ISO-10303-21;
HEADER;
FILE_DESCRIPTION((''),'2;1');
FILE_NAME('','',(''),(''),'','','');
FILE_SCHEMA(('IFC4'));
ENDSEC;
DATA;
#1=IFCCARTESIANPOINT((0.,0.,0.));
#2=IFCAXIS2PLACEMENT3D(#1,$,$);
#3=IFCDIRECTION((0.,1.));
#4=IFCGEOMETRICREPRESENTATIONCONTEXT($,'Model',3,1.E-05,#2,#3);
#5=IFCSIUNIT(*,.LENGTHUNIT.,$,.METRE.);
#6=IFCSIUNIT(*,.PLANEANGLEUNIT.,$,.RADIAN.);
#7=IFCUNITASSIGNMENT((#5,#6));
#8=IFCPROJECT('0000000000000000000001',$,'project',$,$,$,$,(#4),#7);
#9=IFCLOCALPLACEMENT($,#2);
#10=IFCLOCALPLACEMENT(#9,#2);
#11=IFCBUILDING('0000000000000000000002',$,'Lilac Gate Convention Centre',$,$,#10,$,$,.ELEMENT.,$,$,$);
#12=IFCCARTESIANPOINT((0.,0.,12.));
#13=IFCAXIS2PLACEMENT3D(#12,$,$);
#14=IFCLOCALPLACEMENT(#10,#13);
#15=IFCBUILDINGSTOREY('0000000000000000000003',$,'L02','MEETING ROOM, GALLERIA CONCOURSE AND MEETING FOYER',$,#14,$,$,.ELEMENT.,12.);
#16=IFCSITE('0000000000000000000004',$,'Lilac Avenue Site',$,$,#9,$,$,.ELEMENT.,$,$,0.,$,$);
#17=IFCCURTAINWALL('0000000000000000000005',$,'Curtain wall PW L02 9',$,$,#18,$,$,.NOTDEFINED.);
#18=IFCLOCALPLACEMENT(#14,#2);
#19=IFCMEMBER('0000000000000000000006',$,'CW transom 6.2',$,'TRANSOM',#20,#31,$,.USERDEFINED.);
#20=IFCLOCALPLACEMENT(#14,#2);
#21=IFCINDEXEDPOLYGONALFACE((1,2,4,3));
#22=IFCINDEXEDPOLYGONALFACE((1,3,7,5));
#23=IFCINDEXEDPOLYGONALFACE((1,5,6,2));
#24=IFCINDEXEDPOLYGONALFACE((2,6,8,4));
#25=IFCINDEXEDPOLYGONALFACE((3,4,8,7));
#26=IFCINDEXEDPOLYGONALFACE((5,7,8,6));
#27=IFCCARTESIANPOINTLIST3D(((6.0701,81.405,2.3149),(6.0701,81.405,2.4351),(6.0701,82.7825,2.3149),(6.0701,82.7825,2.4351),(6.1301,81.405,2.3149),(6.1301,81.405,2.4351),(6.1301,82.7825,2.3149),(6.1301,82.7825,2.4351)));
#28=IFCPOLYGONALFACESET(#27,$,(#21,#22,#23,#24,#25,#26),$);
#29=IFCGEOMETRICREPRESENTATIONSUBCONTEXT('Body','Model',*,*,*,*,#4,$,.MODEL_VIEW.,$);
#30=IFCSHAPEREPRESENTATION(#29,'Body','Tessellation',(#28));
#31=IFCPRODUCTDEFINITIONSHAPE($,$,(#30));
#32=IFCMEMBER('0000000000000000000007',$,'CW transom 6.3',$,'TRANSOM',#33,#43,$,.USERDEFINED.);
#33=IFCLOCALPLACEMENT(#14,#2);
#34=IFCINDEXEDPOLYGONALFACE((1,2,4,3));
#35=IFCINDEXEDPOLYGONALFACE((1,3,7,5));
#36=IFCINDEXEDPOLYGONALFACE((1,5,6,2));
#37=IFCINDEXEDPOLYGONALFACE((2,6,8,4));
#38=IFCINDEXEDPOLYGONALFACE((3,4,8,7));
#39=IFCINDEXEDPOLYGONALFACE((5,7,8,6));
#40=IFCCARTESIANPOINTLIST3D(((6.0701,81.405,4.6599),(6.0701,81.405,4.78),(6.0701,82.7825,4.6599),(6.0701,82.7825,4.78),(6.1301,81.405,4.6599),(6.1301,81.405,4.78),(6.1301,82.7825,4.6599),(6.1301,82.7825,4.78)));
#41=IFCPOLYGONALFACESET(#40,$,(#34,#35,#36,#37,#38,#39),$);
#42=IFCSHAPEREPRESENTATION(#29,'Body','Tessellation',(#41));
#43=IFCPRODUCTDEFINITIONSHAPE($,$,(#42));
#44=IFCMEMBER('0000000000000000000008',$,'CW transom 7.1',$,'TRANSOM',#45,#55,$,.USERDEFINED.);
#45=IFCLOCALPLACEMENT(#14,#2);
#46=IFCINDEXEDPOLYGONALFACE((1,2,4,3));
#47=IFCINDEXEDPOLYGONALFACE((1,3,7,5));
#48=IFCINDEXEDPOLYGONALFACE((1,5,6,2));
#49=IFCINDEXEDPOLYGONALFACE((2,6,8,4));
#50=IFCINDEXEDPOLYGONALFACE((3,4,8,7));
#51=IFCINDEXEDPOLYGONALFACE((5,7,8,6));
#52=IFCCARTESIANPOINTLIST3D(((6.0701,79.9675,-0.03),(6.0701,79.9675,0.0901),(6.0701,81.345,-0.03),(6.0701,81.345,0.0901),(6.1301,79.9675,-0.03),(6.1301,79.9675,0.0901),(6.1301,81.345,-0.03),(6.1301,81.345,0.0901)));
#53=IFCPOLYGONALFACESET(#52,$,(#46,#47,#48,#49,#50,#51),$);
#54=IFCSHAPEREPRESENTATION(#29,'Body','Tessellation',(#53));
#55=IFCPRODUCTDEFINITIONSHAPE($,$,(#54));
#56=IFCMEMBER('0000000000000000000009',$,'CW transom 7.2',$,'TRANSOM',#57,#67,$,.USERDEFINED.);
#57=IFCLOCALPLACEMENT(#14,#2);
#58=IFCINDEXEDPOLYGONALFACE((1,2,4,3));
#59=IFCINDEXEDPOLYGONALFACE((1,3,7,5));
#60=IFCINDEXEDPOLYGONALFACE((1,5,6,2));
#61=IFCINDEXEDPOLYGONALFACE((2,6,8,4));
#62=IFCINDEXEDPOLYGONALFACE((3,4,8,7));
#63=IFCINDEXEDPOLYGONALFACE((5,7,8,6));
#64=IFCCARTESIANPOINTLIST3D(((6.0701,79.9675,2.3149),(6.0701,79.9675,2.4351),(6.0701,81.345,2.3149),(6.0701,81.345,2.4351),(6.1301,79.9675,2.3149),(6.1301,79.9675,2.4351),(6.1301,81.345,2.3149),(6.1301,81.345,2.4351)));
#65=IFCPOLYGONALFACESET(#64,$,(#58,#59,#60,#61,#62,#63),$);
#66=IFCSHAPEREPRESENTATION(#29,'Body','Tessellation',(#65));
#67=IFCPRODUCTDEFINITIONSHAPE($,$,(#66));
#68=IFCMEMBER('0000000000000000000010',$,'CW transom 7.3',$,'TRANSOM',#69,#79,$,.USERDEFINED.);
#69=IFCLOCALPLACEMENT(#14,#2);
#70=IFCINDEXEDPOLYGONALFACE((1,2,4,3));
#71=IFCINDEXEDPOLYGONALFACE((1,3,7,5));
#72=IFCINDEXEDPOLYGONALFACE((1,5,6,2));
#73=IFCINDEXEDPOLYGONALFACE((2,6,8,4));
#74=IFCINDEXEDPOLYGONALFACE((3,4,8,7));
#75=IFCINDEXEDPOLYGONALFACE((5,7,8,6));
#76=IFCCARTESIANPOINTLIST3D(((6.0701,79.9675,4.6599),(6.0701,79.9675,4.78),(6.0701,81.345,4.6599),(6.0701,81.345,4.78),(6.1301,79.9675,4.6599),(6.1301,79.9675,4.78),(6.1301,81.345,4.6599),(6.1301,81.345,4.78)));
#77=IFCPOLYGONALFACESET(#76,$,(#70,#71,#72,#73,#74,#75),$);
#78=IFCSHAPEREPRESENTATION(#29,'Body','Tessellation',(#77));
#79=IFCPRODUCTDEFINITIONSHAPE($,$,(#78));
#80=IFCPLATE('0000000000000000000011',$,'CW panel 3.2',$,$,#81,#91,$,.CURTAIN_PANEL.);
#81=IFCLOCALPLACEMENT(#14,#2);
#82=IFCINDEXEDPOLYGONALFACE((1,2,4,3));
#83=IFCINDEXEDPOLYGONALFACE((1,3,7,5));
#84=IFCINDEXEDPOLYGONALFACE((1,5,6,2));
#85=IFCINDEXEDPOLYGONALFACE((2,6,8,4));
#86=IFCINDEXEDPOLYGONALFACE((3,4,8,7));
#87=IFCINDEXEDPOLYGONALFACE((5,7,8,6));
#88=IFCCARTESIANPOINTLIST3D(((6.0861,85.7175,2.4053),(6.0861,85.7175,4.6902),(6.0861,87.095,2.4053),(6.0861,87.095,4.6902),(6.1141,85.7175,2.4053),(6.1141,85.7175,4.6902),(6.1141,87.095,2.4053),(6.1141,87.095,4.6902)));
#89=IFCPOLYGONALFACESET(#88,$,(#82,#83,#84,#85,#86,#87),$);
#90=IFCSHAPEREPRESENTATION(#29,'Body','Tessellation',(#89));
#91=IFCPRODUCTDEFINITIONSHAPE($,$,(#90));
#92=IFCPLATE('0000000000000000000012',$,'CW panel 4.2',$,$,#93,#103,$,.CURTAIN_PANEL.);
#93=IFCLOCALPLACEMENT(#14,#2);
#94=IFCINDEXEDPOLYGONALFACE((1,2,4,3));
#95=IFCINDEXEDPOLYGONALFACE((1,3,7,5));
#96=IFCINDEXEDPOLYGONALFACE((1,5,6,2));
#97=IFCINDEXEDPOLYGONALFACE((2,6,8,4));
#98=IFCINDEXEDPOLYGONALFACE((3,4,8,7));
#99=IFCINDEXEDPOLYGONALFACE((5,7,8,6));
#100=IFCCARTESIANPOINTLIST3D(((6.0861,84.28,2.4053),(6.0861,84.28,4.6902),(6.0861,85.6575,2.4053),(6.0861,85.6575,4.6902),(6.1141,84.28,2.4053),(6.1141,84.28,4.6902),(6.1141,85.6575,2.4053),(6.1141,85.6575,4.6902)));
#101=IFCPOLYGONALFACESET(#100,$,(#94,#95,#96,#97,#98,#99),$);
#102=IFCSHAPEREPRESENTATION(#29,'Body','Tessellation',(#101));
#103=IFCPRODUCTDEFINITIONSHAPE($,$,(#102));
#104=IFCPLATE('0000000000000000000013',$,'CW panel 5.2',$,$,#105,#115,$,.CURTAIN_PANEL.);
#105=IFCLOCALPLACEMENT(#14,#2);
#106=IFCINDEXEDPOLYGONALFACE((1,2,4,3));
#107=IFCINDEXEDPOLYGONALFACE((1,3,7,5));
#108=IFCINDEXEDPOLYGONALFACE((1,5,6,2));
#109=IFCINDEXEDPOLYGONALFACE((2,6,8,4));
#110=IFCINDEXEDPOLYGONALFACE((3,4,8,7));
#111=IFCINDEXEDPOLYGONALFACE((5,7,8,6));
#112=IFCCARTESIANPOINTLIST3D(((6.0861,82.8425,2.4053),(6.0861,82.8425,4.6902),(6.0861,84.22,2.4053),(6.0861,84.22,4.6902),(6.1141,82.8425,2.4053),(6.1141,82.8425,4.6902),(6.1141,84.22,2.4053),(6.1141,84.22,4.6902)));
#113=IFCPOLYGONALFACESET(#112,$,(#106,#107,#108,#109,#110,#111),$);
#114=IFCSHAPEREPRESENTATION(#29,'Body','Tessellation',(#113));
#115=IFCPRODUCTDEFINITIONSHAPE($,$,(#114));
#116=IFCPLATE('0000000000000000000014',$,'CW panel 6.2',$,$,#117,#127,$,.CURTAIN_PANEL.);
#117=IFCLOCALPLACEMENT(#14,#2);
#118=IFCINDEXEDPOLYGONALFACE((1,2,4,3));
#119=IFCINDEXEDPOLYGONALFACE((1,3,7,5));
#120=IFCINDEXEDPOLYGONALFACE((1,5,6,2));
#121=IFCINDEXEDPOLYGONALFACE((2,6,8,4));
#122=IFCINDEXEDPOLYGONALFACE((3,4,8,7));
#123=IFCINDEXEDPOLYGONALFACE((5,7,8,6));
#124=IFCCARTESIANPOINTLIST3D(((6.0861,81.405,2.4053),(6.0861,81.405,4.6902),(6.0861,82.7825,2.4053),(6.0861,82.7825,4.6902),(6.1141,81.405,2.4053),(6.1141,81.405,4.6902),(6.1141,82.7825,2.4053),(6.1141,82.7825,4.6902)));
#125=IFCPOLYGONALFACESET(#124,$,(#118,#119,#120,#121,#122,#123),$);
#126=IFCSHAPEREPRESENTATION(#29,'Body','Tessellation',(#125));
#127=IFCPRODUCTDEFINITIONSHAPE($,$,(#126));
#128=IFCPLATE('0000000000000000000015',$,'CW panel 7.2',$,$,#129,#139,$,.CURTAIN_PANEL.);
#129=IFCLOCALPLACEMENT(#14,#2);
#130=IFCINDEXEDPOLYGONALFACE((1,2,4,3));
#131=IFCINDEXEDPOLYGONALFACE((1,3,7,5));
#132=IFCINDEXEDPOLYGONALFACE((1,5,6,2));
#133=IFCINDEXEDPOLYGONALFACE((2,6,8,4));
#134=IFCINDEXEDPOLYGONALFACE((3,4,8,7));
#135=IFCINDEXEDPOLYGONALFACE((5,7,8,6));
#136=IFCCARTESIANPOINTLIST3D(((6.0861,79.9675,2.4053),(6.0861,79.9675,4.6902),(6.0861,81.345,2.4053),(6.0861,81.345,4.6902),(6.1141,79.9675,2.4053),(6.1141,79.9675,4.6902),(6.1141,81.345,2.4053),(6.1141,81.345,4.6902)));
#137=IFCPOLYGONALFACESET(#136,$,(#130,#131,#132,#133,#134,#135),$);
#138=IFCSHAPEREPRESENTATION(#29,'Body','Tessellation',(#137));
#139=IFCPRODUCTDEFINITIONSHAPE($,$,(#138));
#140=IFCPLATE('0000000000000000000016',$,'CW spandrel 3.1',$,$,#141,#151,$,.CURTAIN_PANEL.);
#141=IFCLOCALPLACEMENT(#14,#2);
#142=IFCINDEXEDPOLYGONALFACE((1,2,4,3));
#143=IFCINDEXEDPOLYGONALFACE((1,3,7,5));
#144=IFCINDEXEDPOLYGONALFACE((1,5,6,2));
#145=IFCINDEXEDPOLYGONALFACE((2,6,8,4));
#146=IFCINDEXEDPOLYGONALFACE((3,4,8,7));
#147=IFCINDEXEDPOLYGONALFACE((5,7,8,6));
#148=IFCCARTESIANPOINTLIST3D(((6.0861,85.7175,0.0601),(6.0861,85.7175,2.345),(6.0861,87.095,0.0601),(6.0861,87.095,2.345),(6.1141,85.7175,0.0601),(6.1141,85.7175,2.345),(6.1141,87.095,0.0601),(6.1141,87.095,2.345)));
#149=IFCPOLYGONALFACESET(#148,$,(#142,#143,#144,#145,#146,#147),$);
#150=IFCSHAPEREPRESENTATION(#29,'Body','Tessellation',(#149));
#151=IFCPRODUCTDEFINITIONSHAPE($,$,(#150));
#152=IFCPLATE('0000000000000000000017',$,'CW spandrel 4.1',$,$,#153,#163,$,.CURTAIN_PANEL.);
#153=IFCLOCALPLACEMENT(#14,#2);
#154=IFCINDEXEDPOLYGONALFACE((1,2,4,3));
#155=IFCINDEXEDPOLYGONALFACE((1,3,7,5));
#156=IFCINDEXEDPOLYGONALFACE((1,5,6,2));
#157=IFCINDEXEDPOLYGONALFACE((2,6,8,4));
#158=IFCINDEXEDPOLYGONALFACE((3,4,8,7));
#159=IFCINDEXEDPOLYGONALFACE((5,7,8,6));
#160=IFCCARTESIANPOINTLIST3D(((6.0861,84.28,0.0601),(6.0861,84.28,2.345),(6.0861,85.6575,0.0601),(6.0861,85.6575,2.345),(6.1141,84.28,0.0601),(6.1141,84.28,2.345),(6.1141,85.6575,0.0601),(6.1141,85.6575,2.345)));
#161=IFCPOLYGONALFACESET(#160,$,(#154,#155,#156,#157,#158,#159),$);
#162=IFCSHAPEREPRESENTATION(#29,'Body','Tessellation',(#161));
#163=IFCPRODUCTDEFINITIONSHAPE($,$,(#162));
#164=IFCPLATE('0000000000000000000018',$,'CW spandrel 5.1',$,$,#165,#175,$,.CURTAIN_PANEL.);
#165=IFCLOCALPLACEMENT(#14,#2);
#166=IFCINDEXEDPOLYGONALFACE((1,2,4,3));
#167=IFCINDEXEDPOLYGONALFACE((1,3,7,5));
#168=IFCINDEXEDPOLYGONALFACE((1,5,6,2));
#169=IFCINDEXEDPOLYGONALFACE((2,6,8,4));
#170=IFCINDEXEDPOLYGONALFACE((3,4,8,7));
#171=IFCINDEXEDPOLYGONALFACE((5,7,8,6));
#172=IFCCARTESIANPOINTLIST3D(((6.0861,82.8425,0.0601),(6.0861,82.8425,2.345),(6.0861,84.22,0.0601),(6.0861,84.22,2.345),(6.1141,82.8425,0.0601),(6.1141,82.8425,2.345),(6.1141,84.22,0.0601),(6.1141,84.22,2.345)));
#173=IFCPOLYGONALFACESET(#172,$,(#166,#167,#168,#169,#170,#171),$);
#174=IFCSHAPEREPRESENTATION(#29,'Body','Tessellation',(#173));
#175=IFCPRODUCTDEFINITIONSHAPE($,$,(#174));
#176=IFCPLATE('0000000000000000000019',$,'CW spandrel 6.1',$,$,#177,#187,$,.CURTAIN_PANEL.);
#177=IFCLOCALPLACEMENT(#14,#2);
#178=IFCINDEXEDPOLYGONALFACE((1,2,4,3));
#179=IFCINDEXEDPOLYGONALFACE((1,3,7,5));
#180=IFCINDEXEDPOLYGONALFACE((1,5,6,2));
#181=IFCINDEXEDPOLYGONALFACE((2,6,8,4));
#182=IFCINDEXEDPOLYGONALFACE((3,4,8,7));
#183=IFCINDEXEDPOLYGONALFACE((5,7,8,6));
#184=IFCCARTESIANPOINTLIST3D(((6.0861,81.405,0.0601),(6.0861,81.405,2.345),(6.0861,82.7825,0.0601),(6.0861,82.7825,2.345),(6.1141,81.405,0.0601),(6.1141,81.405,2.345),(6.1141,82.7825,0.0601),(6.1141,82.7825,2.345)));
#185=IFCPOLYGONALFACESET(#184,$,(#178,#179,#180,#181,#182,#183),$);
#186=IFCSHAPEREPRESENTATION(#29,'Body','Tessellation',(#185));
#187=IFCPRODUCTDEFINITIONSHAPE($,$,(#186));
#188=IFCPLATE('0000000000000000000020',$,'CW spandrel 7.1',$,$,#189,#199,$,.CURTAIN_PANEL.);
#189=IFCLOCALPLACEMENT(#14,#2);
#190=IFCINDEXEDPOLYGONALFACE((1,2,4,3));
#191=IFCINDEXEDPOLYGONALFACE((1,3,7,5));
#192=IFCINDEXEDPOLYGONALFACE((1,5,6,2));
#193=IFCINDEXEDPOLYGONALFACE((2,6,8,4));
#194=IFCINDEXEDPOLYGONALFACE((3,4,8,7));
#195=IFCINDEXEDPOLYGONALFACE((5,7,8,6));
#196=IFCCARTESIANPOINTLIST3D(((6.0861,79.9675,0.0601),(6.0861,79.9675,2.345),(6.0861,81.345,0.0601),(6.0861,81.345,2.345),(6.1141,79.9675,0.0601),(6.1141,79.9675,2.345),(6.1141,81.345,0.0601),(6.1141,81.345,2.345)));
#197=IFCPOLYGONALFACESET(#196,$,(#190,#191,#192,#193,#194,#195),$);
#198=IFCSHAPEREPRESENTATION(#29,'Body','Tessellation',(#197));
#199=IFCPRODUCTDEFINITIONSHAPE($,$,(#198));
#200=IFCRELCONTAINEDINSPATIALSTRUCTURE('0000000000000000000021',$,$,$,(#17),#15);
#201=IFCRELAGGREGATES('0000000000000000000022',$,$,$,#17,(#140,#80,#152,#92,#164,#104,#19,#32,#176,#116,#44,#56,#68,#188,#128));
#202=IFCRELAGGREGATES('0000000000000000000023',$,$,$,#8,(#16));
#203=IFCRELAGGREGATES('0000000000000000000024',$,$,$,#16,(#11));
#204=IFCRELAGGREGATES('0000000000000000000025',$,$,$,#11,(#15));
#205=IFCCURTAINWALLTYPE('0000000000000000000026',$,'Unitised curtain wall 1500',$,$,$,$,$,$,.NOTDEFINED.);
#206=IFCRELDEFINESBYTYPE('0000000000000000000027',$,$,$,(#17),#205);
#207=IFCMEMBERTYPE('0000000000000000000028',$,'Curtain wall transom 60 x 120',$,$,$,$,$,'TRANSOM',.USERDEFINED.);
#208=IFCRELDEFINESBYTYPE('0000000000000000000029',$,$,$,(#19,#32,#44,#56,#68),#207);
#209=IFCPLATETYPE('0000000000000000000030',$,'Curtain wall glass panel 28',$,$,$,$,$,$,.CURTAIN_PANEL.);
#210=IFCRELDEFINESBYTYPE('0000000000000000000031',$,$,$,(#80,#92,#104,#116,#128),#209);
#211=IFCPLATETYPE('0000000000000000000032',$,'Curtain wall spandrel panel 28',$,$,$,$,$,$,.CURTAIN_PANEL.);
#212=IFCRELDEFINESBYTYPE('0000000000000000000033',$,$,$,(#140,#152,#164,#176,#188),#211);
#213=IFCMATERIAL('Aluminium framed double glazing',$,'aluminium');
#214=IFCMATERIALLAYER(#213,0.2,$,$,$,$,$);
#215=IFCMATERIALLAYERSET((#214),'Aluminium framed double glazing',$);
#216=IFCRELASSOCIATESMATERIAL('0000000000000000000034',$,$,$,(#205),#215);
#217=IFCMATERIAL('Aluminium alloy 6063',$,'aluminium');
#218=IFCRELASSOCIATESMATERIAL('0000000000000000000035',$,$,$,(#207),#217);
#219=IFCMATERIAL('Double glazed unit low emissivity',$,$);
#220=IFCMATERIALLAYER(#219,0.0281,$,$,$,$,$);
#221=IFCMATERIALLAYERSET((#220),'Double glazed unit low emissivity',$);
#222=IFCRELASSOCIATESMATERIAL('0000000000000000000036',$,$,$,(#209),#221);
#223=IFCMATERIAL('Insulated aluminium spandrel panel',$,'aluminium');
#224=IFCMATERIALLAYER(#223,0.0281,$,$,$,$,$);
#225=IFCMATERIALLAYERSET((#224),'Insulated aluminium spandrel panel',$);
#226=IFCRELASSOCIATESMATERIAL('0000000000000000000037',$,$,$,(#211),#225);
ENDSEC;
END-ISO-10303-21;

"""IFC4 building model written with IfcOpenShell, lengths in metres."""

from ifc_helpers import new_model, si_unit, direction, frame, origin, origin_2d, place, context, subcontext, project, spatial, rectangle, extrude, material, layer, layer_set, material_profile, profile_set, type_object, element, aggregate, save


model = new_model("IFC4")

# Units and contexts
model_context = context("Model", 3, precision=1e-05, world=origin(), true_north=direction((0.0, 1.0)))
body_context = subcontext(model_context, "Body", "Model", "MODEL_VIEW")
ifc_project = project(units=[si_unit("LENGTHUNIT", "METRE"), si_unit("PLANEANGLEUNIT", "RADIAN")], contexts=[model_context])

# Site, building, storey
site_placement = place(None, origin())
site = spatial("IfcSite", under=ifc_project, at=site_placement, Name="Lilac Avenue Site", CompositionType="ELEMENT", RefElevation=0.0)
building_placement = place(site_placement, origin())
building = spatial("IfcBuilding", under=site, at=building_placement, Name="Lilac Gate Convention Centre", CompositionType="ELEMENT")
storey_placement = place(building_placement, frame((0.0, 0.0, 12.0)))
storey = spatial("IfcBuildingStorey", under=building, at=storey_placement, Name="L02", Description="MEETING ROOM, GALLERIA CONCOURSE AND MEETING FOYER", CompositionType="ELEMENT", Elevation=12.0)

# Curtain wall, members, plates
ifc_material_1 = material(Name="Aluminium framed double glazing", Category="aluminium")
ifc_layer_1 = layer(ifc_material_1, 0.2)
ifc_layer_set_1 = layer_set([ifc_layer_1], Name="Aluminium framed double glazing")
curtain_wall_type = type_object("IfcCurtainWallType", Name="Unitised curtain wall 1500", PredefinedType="NOTDEFINED", material=ifc_layer_set_1)
curtain_wall_placement = place(storey_placement, origin())
curtain_wall = element("IfcCurtainWall", 1, at=curtain_wall_placement, inside=storey, type_object=curtain_wall_type, Name="Curtain wall PW L02 9", PredefinedType="NOTDEFINED")
ifc_material_2 = material(Name="Aluminium alloy 6063", Category="aluminium")
ifc_material_profile_1 = material_profile(ifc_material_2, rectangle(XDim=0.0601, YDim=0.1201, at=origin_2d()), Name="Curtain wall transom 60 x 120")
ifc_profile_set_1 = profile_set([ifc_material_profile_1], Name="Aluminium alloy 6063")
member_type_1 = type_object("IfcMemberType", Name="Curtain wall transom 60 x 120", ElementType="TRANSOM", PredefinedType="USERDEFINED", material=ifc_profile_set_1)
member_1_placement = place(storey_placement, frame((6.1001, 82.7825, 2.375), z_axis=(0.0, -1.0, 0.0), x_axis=(1.0, 0.0, 0.0)))
member_1 = element("IfcMember", 2, at=member_1_placement, type_object=member_type_1, Name="CW transom 6.2", ObjectType="TRANSOM", PredefinedType="USERDEFINED", context=body_context, shape_type="SweptSolid", body=[
    extrude(rectangle(XDim=0.0601, YDim=0.1201, at=origin_2d()), origin(), (0.0, 0.0, 1.0), 1.3774),
])
member_2_placement = place(storey_placement, frame((6.1001, 82.7825, 4.72), z_axis=(0.0, -1.0, 0.0), x_axis=(1.0, 0.0, 0.0)))
member_2 = element("IfcMember", 3, at=member_2_placement, type_object=member_type_1, Name="CW transom 6.3", ObjectType="TRANSOM", PredefinedType="USERDEFINED", context=body_context, shape_type="SweptSolid", body=[
    extrude(rectangle(XDim=0.0601, YDim=0.1201, at=origin_2d()), origin(), (0.0, 0.0, 1.0), 1.3774),
])
member_3_placement = place(storey_placement, frame((6.1001, 81.345, 0.03), z_axis=(0.0, -1.0, 0.0), x_axis=(1.0, 0.0, 0.0)))
member_3 = element("IfcMember", 4, at=member_3_placement, type_object=member_type_1, Name="CW transom 7.1", ObjectType="TRANSOM", PredefinedType="USERDEFINED", context=body_context, shape_type="SweptSolid", body=[
    extrude(rectangle(XDim=0.0601, YDim=0.1201, at=origin_2d()), origin(), (0.0, 0.0, 1.0), 1.3774),
])
member_4_placement = place(storey_placement, frame((6.1001, 81.345, 2.375), z_axis=(0.0, -1.0, 0.0), x_axis=(1.0, 0.0, 0.0)))
member_4 = element("IfcMember", 5, at=member_4_placement, type_object=member_type_1, Name="CW transom 7.2", ObjectType="TRANSOM", PredefinedType="USERDEFINED", context=body_context, shape_type="SweptSolid", body=[
    extrude(rectangle(XDim=0.0601, YDim=0.1201, at=origin_2d()), origin(), (0.0, 0.0, 1.0), 1.3774),
])
member_5_placement = place(storey_placement, frame((6.1001, 81.345, 4.72), z_axis=(0.0, -1.0, 0.0), x_axis=(1.0, 0.0, 0.0)))
member_5 = element("IfcMember", 6, at=member_5_placement, type_object=member_type_1, Name="CW transom 7.3", ObjectType="TRANSOM", PredefinedType="USERDEFINED", context=body_context, shape_type="SweptSolid", body=[
    extrude(rectangle(XDim=0.0601, YDim=0.1201, at=origin_2d()), origin(), (0.0, 0.0, 1.0), 1.3774),
])
ifc_material_3 = material(Name="Double glazed unit low emissivity")
ifc_layer_2 = layer(ifc_material_3, 0.0281)
ifc_layer_set_2 = layer_set([ifc_layer_2], Name="Double glazed unit low emissivity")
plate_type_1 = type_object("IfcPlateType", Name="Curtain wall glass panel 28", PredefinedType="CURTAIN_PANEL", material=ifc_layer_set_2)
plate_1_placement = place(storey_placement, frame((6.1001, 86.4062, 2.4053), z_axis=(0.0, 0.0, 1.0), x_axis=(0.0, -1.0, 0.0)))
plate_1 = element("IfcPlate", 7, at=plate_1_placement, type_object=plate_type_1, Name="CW panel 3.2", PredefinedType="CURTAIN_PANEL", context=body_context, shape_type="SweptSolid", body=[
    extrude(rectangle(XDim=1.3774, YDim=0.0281, at=origin_2d()), origin(), (0.0, 0.0, 1.0), 2.2849),
])
plate_2_placement = place(storey_placement, frame((6.1001, 84.9688, 2.4053), z_axis=(0.0, 0.0, 1.0), x_axis=(0.0, -1.0, 0.0)))
plate_2 = element("IfcPlate", 8, at=plate_2_placement, type_object=plate_type_1, Name="CW panel 4.2", PredefinedType="CURTAIN_PANEL", context=body_context, shape_type="SweptSolid", body=[
    extrude(rectangle(XDim=1.3774, YDim=0.0281, at=origin_2d()), origin(), (0.0, 0.0, 1.0), 2.2849),
])
plate_3_placement = place(storey_placement, frame((6.1001, 83.5312, 2.4053), z_axis=(0.0, 0.0, 1.0), x_axis=(0.0, -1.0, 0.0)))
plate_3 = element("IfcPlate", 9, at=plate_3_placement, type_object=plate_type_1, Name="CW panel 5.2", PredefinedType="CURTAIN_PANEL", context=body_context, shape_type="SweptSolid", body=[
    extrude(rectangle(XDim=1.3774, YDim=0.0281, at=origin_2d()), origin(), (0.0, 0.0, 1.0), 2.2849),
])
plate_4_placement = place(storey_placement, frame((6.1001, 82.0938, 2.4053), z_axis=(0.0, 0.0, 1.0), x_axis=(0.0, -1.0, 0.0)))
plate_4 = element("IfcPlate", 10, at=plate_4_placement, type_object=plate_type_1, Name="CW panel 6.2", PredefinedType="CURTAIN_PANEL", context=body_context, shape_type="SweptSolid", body=[
    extrude(rectangle(XDim=1.3774, YDim=0.0281, at=origin_2d()), origin(), (0.0, 0.0, 1.0), 2.2849),
])
plate_5_placement = place(storey_placement, frame((6.1001, 80.6562, 2.4053), z_axis=(0.0, 0.0, 1.0), x_axis=(0.0, -1.0, 0.0)))
plate_5 = element("IfcPlate", 11, at=plate_5_placement, type_object=plate_type_1, Name="CW panel 7.2", PredefinedType="CURTAIN_PANEL", context=body_context, shape_type="SweptSolid", body=[
    extrude(rectangle(XDim=1.3774, YDim=0.0281, at=origin_2d()), origin(), (0.0, 0.0, 1.0), 2.2849),
])
ifc_material_4 = material(Name="Insulated aluminium spandrel panel", Category="aluminium")
ifc_layer_3 = layer(ifc_material_4, 0.0281)
ifc_layer_set_3 = layer_set([ifc_layer_3], Name="Insulated aluminium spandrel panel")
plate_type_2 = type_object("IfcPlateType", Name="Curtain wall spandrel panel 28", PredefinedType="CURTAIN_PANEL", material=ifc_layer_set_3)
plate_6_placement = place(storey_placement, frame((6.1001, 86.4062, 0.0601), z_axis=(0.0, 0.0, 1.0), x_axis=(0.0, -1.0, 0.0)))
plate_6 = element("IfcPlate", 12, at=plate_6_placement, type_object=plate_type_2, Name="CW spandrel 3.1", PredefinedType="CURTAIN_PANEL", context=body_context, shape_type="SweptSolid", body=[
    extrude(rectangle(XDim=1.3774, YDim=0.0281, at=origin_2d()), origin(), (0.0, 0.0, 1.0), 2.2849),
])
plate_7_placement = place(storey_placement, frame((6.1001, 84.9688, 0.0601), z_axis=(0.0, 0.0, 1.0), x_axis=(0.0, -1.0, 0.0)))
plate_7 = element("IfcPlate", 13, at=plate_7_placement, type_object=plate_type_2, Name="CW spandrel 4.1", PredefinedType="CURTAIN_PANEL", context=body_context, shape_type="SweptSolid", body=[
    extrude(rectangle(XDim=1.3774, YDim=0.0281, at=origin_2d()), origin(), (0.0, 0.0, 1.0), 2.2849),
])
plate_8_placement = place(storey_placement, frame((6.1001, 83.5312, 0.0601), z_axis=(0.0, 0.0, 1.0), x_axis=(0.0, -1.0, 0.0)))
plate_8 = element("IfcPlate", 14, at=plate_8_placement, type_object=plate_type_2, Name="CW spandrel 5.1", PredefinedType="CURTAIN_PANEL", context=body_context, shape_type="SweptSolid", body=[
    extrude(rectangle(XDim=1.3774, YDim=0.0281, at=origin_2d()), origin(), (0.0, 0.0, 1.0), 2.2849),
])
plate_9_placement = place(storey_placement, frame((6.1001, 82.0938, 0.0601), z_axis=(0.0, 0.0, 1.0), x_axis=(0.0, -1.0, 0.0)))
plate_9 = element("IfcPlate", 15, at=plate_9_placement, type_object=plate_type_2, Name="CW spandrel 6.1", PredefinedType="CURTAIN_PANEL", context=body_context, shape_type="SweptSolid", body=[
    extrude(rectangle(XDim=1.3774, YDim=0.0281, at=origin_2d()), origin(), (0.0, 0.0, 1.0), 2.2849),
])
plate_10_placement = place(storey_placement, frame((6.1001, 80.6562, 0.0601), z_axis=(0.0, 0.0, 1.0), x_axis=(0.0, -1.0, 0.0)))
plate_10 = element("IfcPlate", 16, at=plate_10_placement, type_object=plate_type_2, Name="CW spandrel 7.1", PredefinedType="CURTAIN_PANEL", context=body_context, shape_type="SweptSolid", body=[
    extrude(rectangle(XDim=1.3774, YDim=0.0281, at=origin_2d()), origin(), (0.0, 0.0, 1.0), 2.2849),
])
aggregate(curtain_wall, [plate_6, plate_1, plate_7, plate_2, plate_8, plate_3, member_1, member_2, plate_9, plate_4, member_3, member_4, member_5, plate_10, plate_5])

save(model, "model.ifc")
